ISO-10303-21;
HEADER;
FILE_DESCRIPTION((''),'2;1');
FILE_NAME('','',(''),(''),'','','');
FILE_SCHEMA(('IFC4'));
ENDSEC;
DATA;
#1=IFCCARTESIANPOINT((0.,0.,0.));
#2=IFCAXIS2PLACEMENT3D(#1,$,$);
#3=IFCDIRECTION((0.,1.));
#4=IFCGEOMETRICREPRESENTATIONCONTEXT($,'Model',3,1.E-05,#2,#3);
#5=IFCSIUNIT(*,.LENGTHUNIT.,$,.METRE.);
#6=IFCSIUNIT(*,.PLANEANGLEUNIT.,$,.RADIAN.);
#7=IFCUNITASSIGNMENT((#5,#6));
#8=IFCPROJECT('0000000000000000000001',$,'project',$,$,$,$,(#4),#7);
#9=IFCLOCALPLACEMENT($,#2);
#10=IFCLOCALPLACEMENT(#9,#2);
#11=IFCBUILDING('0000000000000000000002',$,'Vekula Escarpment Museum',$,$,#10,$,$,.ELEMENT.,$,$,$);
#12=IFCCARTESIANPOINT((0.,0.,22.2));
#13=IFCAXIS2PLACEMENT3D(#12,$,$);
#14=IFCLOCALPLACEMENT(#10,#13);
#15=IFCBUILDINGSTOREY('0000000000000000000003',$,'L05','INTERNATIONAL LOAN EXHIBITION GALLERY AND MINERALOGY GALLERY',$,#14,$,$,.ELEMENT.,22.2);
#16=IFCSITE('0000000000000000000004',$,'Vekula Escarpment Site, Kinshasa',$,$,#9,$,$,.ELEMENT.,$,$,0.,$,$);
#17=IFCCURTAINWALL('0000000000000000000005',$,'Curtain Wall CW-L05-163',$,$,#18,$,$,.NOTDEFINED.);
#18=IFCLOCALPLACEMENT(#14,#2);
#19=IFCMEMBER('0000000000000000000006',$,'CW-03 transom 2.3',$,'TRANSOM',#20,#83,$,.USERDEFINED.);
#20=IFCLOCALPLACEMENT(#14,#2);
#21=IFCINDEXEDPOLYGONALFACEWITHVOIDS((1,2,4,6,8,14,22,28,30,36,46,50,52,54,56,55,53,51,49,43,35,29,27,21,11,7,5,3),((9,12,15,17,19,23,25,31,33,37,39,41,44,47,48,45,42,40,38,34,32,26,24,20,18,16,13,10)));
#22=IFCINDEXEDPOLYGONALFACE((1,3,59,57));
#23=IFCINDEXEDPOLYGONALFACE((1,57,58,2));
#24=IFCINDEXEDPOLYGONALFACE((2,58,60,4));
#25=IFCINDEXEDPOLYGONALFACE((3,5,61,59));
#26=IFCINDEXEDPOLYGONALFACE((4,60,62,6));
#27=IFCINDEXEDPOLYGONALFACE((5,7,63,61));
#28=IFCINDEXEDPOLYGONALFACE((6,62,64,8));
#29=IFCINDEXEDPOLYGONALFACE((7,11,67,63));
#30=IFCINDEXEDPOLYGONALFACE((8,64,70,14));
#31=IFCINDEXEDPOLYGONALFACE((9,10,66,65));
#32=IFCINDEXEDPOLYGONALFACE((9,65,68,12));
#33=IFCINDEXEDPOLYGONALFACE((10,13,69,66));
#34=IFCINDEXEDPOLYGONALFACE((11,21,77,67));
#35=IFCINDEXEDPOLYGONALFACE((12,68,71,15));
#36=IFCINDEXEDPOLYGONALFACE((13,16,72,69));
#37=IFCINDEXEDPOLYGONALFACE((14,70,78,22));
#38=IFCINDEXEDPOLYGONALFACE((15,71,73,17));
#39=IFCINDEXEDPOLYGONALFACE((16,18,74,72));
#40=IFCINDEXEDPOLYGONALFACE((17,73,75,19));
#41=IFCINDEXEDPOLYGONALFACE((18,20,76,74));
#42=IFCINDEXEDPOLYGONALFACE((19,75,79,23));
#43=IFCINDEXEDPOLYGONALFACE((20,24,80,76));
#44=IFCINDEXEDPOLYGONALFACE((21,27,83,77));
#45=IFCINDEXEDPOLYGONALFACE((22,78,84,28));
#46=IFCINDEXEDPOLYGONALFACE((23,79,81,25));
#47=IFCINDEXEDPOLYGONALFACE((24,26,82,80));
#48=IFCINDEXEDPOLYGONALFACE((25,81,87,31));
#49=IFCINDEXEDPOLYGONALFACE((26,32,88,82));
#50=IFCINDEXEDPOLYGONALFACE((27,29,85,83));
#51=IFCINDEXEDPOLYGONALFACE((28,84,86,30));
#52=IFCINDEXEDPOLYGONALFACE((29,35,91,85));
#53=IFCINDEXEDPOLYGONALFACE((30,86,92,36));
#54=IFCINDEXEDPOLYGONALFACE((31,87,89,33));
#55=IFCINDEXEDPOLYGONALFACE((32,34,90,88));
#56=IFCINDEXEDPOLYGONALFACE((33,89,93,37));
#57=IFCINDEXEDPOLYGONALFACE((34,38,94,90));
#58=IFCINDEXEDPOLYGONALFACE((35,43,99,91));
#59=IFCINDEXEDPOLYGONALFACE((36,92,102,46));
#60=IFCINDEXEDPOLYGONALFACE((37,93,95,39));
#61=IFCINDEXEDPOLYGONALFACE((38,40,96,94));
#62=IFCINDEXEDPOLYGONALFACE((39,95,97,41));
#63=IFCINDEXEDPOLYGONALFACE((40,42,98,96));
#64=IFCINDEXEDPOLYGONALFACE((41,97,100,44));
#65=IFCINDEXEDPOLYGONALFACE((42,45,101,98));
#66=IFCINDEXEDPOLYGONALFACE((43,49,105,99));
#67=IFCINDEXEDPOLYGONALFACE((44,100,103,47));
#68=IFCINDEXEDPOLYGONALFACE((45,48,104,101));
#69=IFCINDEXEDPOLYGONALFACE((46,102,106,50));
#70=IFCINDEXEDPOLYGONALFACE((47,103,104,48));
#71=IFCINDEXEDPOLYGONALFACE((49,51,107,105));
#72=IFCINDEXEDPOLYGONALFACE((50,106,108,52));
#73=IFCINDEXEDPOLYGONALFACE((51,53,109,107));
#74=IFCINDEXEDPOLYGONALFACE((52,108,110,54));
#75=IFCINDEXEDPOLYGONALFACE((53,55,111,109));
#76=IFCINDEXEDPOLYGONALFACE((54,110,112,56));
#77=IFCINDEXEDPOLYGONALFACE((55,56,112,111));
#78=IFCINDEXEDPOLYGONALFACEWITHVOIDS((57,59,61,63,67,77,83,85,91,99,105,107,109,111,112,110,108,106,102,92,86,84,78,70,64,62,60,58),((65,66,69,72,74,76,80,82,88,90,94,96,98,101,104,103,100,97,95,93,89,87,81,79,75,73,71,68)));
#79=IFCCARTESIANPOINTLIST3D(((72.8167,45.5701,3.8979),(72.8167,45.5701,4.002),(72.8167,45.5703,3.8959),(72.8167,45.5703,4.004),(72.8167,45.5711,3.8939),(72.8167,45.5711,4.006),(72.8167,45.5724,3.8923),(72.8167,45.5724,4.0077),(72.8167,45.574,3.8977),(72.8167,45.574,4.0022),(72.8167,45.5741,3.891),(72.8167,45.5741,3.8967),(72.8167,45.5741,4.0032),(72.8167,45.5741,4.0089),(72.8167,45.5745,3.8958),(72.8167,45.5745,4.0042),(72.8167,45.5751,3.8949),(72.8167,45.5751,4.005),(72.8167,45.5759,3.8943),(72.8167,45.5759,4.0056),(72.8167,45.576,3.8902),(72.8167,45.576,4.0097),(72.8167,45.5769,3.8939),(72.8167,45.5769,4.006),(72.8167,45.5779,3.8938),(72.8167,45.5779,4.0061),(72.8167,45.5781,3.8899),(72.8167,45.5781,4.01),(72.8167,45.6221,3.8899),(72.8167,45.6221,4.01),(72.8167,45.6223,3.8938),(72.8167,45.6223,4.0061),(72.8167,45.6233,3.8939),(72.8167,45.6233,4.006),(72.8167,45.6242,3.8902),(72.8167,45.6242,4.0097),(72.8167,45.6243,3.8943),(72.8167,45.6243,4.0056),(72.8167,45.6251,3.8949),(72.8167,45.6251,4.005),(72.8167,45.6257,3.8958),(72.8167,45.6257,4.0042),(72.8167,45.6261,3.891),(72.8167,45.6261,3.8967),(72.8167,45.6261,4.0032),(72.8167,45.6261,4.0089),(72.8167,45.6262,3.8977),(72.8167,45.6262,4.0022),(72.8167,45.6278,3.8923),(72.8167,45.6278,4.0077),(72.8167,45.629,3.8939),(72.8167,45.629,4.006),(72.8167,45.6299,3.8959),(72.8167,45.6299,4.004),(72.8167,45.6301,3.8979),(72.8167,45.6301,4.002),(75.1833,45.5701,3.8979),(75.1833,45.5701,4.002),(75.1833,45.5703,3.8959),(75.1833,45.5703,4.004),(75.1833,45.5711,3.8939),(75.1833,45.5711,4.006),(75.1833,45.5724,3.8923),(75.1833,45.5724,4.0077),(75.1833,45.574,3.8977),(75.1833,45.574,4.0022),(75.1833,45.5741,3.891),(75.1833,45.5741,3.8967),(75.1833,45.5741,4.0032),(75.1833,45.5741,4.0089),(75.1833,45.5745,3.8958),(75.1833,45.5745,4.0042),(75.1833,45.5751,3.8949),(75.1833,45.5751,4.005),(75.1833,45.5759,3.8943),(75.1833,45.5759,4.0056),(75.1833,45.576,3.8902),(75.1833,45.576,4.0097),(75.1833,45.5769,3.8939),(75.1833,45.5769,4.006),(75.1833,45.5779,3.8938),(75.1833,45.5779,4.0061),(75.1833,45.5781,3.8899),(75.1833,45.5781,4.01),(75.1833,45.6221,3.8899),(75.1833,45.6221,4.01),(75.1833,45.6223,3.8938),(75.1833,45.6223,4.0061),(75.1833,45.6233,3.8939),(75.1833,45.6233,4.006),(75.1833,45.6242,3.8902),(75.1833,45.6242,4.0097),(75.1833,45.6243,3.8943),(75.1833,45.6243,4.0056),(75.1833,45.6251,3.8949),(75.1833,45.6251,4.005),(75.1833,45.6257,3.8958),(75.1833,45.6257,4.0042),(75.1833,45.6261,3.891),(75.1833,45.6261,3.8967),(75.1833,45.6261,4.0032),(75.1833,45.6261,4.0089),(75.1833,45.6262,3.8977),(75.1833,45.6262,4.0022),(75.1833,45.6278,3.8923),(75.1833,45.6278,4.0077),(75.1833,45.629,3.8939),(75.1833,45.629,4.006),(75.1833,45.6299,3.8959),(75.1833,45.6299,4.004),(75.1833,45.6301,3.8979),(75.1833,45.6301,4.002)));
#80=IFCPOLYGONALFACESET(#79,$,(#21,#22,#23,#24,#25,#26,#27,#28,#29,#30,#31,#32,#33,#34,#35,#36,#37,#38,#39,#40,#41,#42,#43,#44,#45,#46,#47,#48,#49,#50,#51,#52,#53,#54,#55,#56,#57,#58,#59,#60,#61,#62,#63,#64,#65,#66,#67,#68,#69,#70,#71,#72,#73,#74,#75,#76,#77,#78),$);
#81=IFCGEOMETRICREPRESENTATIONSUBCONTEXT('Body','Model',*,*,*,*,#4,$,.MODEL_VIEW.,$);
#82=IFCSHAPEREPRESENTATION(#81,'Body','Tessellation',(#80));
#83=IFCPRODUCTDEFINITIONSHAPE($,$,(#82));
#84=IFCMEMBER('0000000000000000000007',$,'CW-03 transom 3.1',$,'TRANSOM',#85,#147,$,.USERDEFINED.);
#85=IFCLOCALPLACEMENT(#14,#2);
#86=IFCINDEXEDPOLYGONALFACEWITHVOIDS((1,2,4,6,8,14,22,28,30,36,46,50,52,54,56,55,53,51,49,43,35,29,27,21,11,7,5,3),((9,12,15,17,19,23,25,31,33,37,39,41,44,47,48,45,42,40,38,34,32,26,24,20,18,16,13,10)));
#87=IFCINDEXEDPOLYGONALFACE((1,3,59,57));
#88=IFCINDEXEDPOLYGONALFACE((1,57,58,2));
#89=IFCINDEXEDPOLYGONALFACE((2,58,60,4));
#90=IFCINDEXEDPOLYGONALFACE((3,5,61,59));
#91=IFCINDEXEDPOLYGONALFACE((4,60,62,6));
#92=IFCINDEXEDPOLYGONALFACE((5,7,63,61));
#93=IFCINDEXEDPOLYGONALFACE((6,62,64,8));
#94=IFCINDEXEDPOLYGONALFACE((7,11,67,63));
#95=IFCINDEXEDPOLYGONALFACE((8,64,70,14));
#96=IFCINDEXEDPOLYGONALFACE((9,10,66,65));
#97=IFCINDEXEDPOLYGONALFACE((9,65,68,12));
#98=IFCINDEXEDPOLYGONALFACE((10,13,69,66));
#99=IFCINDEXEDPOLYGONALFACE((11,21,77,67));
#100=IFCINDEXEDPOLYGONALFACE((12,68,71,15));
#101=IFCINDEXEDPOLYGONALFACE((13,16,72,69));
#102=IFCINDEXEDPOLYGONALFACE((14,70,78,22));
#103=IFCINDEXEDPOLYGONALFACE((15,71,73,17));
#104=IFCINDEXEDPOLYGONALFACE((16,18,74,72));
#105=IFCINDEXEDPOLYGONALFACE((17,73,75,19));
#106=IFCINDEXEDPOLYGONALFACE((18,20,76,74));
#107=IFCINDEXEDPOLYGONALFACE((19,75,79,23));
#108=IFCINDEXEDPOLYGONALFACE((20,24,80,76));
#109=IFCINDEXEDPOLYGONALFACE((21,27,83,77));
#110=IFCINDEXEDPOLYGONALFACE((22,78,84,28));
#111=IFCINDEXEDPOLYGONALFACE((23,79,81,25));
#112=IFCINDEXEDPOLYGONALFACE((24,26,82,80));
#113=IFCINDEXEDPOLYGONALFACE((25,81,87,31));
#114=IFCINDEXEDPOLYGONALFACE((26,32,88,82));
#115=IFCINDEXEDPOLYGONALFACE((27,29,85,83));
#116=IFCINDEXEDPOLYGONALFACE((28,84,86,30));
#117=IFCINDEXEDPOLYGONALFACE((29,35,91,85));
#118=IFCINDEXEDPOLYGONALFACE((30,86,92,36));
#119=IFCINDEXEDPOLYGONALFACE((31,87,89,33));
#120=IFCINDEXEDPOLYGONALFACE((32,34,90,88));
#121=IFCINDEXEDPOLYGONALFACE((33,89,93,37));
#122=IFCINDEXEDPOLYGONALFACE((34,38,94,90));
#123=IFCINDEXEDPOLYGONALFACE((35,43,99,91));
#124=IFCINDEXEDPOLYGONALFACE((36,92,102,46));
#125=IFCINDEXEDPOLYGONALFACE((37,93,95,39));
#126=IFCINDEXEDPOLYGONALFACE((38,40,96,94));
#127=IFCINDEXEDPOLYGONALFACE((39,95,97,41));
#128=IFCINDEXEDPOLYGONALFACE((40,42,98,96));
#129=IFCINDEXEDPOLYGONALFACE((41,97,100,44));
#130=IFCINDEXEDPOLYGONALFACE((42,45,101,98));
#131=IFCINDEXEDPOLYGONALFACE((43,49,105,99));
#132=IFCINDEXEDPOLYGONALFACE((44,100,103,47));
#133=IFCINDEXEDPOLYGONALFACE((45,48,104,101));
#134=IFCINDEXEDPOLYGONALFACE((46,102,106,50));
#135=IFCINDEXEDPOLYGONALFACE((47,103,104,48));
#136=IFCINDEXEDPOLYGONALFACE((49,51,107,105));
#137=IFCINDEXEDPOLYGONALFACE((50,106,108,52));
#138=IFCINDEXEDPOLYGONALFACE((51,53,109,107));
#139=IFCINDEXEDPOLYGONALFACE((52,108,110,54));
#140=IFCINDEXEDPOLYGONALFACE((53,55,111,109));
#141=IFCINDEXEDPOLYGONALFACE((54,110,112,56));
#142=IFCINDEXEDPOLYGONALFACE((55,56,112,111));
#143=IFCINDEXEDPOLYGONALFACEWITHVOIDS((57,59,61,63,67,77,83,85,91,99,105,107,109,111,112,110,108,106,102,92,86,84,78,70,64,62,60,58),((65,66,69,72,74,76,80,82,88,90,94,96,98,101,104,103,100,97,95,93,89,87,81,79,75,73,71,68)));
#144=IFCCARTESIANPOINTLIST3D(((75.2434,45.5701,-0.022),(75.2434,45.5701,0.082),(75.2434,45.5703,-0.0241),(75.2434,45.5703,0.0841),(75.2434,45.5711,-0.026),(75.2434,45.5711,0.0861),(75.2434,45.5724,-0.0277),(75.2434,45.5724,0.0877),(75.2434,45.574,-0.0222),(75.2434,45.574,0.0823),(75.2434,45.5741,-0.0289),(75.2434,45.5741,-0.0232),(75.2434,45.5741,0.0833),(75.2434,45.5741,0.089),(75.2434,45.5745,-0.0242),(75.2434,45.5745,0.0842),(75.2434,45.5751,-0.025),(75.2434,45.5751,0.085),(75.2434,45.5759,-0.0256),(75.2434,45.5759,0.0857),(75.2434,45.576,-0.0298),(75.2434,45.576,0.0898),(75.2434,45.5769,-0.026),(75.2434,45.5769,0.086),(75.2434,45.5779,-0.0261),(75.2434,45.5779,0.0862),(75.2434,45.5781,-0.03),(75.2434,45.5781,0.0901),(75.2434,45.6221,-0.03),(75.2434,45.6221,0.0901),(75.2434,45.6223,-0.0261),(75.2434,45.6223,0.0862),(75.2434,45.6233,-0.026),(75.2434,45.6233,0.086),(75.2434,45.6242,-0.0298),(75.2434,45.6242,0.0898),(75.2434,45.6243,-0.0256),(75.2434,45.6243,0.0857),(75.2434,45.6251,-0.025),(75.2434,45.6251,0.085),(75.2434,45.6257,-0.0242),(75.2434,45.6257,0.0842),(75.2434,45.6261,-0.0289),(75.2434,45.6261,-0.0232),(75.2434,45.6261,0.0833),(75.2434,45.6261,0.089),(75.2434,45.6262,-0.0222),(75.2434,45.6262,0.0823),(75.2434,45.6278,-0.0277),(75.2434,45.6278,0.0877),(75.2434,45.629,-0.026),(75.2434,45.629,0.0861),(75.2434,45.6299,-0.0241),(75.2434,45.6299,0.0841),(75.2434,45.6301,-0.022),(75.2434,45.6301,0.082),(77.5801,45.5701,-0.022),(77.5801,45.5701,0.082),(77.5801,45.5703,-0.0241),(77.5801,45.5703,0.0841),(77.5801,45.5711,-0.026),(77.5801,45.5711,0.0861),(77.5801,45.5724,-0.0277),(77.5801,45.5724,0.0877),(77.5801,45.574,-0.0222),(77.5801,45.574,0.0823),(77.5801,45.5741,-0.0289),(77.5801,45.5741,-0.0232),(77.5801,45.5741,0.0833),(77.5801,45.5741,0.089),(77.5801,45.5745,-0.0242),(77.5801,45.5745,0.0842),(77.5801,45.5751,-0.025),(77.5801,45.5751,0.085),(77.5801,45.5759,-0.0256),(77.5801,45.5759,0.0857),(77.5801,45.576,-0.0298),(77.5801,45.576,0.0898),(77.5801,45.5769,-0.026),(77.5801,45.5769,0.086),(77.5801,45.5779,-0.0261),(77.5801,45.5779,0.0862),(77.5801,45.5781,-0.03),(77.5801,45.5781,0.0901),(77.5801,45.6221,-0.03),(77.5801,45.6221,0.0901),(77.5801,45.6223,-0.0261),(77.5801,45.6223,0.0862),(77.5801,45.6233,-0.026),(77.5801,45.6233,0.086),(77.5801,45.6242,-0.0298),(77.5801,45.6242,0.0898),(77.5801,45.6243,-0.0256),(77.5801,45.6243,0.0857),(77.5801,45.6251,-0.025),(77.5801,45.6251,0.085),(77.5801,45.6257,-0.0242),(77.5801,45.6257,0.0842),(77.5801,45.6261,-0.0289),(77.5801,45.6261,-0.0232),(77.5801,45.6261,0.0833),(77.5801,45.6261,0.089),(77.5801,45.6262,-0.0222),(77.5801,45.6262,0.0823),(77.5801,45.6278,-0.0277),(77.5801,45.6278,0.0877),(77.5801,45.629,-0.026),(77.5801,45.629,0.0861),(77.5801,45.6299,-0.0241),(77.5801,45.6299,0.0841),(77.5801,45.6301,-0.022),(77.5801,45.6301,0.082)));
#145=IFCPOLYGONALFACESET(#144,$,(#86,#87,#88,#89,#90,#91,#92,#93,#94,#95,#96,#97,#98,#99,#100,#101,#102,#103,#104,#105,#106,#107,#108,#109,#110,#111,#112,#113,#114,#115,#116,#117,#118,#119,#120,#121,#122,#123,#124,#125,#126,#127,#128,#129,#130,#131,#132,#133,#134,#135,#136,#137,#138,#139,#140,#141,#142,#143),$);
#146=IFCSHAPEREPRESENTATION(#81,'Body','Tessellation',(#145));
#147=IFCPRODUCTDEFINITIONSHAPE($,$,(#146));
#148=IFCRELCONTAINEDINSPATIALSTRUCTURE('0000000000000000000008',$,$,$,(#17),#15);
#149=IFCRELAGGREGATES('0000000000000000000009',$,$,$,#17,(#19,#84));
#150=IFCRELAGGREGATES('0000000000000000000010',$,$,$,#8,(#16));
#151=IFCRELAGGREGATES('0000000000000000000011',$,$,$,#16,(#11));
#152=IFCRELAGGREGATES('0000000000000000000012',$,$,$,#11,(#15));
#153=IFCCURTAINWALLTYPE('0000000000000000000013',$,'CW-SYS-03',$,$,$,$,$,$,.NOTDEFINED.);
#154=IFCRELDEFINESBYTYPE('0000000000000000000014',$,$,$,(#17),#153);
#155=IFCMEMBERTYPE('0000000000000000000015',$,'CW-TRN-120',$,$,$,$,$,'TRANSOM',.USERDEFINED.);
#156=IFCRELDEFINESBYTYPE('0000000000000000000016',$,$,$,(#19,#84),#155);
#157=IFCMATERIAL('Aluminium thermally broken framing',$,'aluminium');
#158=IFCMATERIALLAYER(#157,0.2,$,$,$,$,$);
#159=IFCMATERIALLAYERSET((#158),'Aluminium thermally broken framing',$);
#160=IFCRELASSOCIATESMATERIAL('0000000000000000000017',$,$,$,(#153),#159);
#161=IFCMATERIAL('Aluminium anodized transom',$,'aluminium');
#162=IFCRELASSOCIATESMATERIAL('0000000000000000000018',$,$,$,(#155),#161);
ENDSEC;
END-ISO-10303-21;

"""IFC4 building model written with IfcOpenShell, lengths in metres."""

from ifc_helpers import new_model, si_unit, direction, frame, origin, origin_2d, place, context, subcontext, project, spatial, hollow_rectangle, extrude, material, layer, layer_set, material_profile, profile_set, type_object, element, aggregate, save


model = new_model("IFC4")

# Units and contexts
model_context = context("Model", 3, precision=1e-05, world=origin(), true_north=direction((0.0, 1.0)))
body_context = subcontext(model_context, "Body", "Model", "MODEL_VIEW")
ifc_project = project(units=[si_unit("LENGTHUNIT", "METRE"), si_unit("PLANEANGLEUNIT", "RADIAN")], contexts=[model_context])

# Site, building, storey
site_placement = place(None, origin())
site = spatial("IfcSite", under=ifc_project, at=site_placement, Name="Vekula Escarpment Site, Kinshasa", CompositionType="ELEMENT", RefElevation=0.0)
building_placement = place(site_placement, origin())
building = spatial("IfcBuilding", under=site, at=building_placement, Name="Vekula Escarpment Museum", CompositionType="ELEMENT")
storey_placement = place(building_placement, frame((0.0, 0.0, 22.2)))
storey = spatial("IfcBuildingStorey", under=building, at=storey_placement, Name="L05", Description="INTERNATIONAL LOAN EXHIBITION GALLERY AND MINERALOGY GALLERY", CompositionType="ELEMENT", Elevation=22.2)

# Curtain wall, members
ifc_material_1 = material(Name="Aluminium thermally broken framing", Category="aluminium")
ifc_layer_1 = layer(ifc_material_1, 0.2)
ifc_layer_set_1 = layer_set([ifc_layer_1], Name="Aluminium thermally broken framing")
curtain_wall_type = type_object("IfcCurtainWallType", Name="CW-SYS-03", PredefinedType="NOTDEFINED", material=ifc_layer_set_1)
curtain_wall_placement = place(storey_placement, origin())
curtain_wall = element("IfcCurtainWall", 1, at=curtain_wall_placement, inside=storey, type_object=curtain_wall_type, Name="Curtain Wall CW-L05-163", PredefinedType="NOTDEFINED")
ifc_material_2 = material(Name="Aluminium anodized transom", Category="aluminium")
ifc_material_profile_1 = material_profile(ifc_material_2, hollow_rectangle(XDim=0.0601, YDim=0.1201, WallThickness=0.0039, InnerFilletRadius=0.0039, OuterFilletRadius=0.0081, at=origin_2d()), Name="ALU 120x60x4")
ifc_profile_set_1 = profile_set([ifc_material_profile_1], Name="Aluminium anodized transom")
member_type_1 = type_object("IfcMemberType", Name="CW-TRN-120", ElementType="TRANSOM", PredefinedType="USERDEFINED", material=ifc_profile_set_1)
member_1_placement = place(storey_placement, frame((72.8167, 45.6001, 3.95), z_axis=(1.0, 0.0, 0.0), x_axis=(0.0, 1.0, 0.0)))
member_1 = element("IfcMember", 2, at=member_1_placement, type_object=member_type_1, Name="CW-03 transom 2.3", ObjectType="TRANSOM", PredefinedType="USERDEFINED", context=body_context, shape_type="SweptSolid", body=[
    extrude(hollow_rectangle(XDim=0.0601, YDim=0.1201, WallThickness=0.0039, InnerFilletRadius=0.0039, OuterFilletRadius=0.0081, at=origin_2d()), origin(), (0.0, 0.0, 1.0), 2.3667),
])
member_2_placement = place(storey_placement, frame((75.2434, 45.6001, 0.03), z_axis=(1.0, 0.0, 0.0), x_axis=(0.0, 1.0, 0.0)))
member_2 = element("IfcMember", 3, at=member_2_placement, type_object=member_type_1, Name="CW-03 transom 3.1", ObjectType="TRANSOM", PredefinedType="USERDEFINED", context=body_context, shape_type="SweptSolid", body=[
    extrude(hollow_rectangle(XDim=0.0601, YDim=0.1201, WallThickness=0.0039, InnerFilletRadius=0.0039, OuterFilletRadius=0.0081, at=origin_2d()), origin(), (0.0, 0.0, 1.0), 2.3367),
])

aggregate(curtain_wall, [member_1, member_2])

save(model, "model.ifc")
